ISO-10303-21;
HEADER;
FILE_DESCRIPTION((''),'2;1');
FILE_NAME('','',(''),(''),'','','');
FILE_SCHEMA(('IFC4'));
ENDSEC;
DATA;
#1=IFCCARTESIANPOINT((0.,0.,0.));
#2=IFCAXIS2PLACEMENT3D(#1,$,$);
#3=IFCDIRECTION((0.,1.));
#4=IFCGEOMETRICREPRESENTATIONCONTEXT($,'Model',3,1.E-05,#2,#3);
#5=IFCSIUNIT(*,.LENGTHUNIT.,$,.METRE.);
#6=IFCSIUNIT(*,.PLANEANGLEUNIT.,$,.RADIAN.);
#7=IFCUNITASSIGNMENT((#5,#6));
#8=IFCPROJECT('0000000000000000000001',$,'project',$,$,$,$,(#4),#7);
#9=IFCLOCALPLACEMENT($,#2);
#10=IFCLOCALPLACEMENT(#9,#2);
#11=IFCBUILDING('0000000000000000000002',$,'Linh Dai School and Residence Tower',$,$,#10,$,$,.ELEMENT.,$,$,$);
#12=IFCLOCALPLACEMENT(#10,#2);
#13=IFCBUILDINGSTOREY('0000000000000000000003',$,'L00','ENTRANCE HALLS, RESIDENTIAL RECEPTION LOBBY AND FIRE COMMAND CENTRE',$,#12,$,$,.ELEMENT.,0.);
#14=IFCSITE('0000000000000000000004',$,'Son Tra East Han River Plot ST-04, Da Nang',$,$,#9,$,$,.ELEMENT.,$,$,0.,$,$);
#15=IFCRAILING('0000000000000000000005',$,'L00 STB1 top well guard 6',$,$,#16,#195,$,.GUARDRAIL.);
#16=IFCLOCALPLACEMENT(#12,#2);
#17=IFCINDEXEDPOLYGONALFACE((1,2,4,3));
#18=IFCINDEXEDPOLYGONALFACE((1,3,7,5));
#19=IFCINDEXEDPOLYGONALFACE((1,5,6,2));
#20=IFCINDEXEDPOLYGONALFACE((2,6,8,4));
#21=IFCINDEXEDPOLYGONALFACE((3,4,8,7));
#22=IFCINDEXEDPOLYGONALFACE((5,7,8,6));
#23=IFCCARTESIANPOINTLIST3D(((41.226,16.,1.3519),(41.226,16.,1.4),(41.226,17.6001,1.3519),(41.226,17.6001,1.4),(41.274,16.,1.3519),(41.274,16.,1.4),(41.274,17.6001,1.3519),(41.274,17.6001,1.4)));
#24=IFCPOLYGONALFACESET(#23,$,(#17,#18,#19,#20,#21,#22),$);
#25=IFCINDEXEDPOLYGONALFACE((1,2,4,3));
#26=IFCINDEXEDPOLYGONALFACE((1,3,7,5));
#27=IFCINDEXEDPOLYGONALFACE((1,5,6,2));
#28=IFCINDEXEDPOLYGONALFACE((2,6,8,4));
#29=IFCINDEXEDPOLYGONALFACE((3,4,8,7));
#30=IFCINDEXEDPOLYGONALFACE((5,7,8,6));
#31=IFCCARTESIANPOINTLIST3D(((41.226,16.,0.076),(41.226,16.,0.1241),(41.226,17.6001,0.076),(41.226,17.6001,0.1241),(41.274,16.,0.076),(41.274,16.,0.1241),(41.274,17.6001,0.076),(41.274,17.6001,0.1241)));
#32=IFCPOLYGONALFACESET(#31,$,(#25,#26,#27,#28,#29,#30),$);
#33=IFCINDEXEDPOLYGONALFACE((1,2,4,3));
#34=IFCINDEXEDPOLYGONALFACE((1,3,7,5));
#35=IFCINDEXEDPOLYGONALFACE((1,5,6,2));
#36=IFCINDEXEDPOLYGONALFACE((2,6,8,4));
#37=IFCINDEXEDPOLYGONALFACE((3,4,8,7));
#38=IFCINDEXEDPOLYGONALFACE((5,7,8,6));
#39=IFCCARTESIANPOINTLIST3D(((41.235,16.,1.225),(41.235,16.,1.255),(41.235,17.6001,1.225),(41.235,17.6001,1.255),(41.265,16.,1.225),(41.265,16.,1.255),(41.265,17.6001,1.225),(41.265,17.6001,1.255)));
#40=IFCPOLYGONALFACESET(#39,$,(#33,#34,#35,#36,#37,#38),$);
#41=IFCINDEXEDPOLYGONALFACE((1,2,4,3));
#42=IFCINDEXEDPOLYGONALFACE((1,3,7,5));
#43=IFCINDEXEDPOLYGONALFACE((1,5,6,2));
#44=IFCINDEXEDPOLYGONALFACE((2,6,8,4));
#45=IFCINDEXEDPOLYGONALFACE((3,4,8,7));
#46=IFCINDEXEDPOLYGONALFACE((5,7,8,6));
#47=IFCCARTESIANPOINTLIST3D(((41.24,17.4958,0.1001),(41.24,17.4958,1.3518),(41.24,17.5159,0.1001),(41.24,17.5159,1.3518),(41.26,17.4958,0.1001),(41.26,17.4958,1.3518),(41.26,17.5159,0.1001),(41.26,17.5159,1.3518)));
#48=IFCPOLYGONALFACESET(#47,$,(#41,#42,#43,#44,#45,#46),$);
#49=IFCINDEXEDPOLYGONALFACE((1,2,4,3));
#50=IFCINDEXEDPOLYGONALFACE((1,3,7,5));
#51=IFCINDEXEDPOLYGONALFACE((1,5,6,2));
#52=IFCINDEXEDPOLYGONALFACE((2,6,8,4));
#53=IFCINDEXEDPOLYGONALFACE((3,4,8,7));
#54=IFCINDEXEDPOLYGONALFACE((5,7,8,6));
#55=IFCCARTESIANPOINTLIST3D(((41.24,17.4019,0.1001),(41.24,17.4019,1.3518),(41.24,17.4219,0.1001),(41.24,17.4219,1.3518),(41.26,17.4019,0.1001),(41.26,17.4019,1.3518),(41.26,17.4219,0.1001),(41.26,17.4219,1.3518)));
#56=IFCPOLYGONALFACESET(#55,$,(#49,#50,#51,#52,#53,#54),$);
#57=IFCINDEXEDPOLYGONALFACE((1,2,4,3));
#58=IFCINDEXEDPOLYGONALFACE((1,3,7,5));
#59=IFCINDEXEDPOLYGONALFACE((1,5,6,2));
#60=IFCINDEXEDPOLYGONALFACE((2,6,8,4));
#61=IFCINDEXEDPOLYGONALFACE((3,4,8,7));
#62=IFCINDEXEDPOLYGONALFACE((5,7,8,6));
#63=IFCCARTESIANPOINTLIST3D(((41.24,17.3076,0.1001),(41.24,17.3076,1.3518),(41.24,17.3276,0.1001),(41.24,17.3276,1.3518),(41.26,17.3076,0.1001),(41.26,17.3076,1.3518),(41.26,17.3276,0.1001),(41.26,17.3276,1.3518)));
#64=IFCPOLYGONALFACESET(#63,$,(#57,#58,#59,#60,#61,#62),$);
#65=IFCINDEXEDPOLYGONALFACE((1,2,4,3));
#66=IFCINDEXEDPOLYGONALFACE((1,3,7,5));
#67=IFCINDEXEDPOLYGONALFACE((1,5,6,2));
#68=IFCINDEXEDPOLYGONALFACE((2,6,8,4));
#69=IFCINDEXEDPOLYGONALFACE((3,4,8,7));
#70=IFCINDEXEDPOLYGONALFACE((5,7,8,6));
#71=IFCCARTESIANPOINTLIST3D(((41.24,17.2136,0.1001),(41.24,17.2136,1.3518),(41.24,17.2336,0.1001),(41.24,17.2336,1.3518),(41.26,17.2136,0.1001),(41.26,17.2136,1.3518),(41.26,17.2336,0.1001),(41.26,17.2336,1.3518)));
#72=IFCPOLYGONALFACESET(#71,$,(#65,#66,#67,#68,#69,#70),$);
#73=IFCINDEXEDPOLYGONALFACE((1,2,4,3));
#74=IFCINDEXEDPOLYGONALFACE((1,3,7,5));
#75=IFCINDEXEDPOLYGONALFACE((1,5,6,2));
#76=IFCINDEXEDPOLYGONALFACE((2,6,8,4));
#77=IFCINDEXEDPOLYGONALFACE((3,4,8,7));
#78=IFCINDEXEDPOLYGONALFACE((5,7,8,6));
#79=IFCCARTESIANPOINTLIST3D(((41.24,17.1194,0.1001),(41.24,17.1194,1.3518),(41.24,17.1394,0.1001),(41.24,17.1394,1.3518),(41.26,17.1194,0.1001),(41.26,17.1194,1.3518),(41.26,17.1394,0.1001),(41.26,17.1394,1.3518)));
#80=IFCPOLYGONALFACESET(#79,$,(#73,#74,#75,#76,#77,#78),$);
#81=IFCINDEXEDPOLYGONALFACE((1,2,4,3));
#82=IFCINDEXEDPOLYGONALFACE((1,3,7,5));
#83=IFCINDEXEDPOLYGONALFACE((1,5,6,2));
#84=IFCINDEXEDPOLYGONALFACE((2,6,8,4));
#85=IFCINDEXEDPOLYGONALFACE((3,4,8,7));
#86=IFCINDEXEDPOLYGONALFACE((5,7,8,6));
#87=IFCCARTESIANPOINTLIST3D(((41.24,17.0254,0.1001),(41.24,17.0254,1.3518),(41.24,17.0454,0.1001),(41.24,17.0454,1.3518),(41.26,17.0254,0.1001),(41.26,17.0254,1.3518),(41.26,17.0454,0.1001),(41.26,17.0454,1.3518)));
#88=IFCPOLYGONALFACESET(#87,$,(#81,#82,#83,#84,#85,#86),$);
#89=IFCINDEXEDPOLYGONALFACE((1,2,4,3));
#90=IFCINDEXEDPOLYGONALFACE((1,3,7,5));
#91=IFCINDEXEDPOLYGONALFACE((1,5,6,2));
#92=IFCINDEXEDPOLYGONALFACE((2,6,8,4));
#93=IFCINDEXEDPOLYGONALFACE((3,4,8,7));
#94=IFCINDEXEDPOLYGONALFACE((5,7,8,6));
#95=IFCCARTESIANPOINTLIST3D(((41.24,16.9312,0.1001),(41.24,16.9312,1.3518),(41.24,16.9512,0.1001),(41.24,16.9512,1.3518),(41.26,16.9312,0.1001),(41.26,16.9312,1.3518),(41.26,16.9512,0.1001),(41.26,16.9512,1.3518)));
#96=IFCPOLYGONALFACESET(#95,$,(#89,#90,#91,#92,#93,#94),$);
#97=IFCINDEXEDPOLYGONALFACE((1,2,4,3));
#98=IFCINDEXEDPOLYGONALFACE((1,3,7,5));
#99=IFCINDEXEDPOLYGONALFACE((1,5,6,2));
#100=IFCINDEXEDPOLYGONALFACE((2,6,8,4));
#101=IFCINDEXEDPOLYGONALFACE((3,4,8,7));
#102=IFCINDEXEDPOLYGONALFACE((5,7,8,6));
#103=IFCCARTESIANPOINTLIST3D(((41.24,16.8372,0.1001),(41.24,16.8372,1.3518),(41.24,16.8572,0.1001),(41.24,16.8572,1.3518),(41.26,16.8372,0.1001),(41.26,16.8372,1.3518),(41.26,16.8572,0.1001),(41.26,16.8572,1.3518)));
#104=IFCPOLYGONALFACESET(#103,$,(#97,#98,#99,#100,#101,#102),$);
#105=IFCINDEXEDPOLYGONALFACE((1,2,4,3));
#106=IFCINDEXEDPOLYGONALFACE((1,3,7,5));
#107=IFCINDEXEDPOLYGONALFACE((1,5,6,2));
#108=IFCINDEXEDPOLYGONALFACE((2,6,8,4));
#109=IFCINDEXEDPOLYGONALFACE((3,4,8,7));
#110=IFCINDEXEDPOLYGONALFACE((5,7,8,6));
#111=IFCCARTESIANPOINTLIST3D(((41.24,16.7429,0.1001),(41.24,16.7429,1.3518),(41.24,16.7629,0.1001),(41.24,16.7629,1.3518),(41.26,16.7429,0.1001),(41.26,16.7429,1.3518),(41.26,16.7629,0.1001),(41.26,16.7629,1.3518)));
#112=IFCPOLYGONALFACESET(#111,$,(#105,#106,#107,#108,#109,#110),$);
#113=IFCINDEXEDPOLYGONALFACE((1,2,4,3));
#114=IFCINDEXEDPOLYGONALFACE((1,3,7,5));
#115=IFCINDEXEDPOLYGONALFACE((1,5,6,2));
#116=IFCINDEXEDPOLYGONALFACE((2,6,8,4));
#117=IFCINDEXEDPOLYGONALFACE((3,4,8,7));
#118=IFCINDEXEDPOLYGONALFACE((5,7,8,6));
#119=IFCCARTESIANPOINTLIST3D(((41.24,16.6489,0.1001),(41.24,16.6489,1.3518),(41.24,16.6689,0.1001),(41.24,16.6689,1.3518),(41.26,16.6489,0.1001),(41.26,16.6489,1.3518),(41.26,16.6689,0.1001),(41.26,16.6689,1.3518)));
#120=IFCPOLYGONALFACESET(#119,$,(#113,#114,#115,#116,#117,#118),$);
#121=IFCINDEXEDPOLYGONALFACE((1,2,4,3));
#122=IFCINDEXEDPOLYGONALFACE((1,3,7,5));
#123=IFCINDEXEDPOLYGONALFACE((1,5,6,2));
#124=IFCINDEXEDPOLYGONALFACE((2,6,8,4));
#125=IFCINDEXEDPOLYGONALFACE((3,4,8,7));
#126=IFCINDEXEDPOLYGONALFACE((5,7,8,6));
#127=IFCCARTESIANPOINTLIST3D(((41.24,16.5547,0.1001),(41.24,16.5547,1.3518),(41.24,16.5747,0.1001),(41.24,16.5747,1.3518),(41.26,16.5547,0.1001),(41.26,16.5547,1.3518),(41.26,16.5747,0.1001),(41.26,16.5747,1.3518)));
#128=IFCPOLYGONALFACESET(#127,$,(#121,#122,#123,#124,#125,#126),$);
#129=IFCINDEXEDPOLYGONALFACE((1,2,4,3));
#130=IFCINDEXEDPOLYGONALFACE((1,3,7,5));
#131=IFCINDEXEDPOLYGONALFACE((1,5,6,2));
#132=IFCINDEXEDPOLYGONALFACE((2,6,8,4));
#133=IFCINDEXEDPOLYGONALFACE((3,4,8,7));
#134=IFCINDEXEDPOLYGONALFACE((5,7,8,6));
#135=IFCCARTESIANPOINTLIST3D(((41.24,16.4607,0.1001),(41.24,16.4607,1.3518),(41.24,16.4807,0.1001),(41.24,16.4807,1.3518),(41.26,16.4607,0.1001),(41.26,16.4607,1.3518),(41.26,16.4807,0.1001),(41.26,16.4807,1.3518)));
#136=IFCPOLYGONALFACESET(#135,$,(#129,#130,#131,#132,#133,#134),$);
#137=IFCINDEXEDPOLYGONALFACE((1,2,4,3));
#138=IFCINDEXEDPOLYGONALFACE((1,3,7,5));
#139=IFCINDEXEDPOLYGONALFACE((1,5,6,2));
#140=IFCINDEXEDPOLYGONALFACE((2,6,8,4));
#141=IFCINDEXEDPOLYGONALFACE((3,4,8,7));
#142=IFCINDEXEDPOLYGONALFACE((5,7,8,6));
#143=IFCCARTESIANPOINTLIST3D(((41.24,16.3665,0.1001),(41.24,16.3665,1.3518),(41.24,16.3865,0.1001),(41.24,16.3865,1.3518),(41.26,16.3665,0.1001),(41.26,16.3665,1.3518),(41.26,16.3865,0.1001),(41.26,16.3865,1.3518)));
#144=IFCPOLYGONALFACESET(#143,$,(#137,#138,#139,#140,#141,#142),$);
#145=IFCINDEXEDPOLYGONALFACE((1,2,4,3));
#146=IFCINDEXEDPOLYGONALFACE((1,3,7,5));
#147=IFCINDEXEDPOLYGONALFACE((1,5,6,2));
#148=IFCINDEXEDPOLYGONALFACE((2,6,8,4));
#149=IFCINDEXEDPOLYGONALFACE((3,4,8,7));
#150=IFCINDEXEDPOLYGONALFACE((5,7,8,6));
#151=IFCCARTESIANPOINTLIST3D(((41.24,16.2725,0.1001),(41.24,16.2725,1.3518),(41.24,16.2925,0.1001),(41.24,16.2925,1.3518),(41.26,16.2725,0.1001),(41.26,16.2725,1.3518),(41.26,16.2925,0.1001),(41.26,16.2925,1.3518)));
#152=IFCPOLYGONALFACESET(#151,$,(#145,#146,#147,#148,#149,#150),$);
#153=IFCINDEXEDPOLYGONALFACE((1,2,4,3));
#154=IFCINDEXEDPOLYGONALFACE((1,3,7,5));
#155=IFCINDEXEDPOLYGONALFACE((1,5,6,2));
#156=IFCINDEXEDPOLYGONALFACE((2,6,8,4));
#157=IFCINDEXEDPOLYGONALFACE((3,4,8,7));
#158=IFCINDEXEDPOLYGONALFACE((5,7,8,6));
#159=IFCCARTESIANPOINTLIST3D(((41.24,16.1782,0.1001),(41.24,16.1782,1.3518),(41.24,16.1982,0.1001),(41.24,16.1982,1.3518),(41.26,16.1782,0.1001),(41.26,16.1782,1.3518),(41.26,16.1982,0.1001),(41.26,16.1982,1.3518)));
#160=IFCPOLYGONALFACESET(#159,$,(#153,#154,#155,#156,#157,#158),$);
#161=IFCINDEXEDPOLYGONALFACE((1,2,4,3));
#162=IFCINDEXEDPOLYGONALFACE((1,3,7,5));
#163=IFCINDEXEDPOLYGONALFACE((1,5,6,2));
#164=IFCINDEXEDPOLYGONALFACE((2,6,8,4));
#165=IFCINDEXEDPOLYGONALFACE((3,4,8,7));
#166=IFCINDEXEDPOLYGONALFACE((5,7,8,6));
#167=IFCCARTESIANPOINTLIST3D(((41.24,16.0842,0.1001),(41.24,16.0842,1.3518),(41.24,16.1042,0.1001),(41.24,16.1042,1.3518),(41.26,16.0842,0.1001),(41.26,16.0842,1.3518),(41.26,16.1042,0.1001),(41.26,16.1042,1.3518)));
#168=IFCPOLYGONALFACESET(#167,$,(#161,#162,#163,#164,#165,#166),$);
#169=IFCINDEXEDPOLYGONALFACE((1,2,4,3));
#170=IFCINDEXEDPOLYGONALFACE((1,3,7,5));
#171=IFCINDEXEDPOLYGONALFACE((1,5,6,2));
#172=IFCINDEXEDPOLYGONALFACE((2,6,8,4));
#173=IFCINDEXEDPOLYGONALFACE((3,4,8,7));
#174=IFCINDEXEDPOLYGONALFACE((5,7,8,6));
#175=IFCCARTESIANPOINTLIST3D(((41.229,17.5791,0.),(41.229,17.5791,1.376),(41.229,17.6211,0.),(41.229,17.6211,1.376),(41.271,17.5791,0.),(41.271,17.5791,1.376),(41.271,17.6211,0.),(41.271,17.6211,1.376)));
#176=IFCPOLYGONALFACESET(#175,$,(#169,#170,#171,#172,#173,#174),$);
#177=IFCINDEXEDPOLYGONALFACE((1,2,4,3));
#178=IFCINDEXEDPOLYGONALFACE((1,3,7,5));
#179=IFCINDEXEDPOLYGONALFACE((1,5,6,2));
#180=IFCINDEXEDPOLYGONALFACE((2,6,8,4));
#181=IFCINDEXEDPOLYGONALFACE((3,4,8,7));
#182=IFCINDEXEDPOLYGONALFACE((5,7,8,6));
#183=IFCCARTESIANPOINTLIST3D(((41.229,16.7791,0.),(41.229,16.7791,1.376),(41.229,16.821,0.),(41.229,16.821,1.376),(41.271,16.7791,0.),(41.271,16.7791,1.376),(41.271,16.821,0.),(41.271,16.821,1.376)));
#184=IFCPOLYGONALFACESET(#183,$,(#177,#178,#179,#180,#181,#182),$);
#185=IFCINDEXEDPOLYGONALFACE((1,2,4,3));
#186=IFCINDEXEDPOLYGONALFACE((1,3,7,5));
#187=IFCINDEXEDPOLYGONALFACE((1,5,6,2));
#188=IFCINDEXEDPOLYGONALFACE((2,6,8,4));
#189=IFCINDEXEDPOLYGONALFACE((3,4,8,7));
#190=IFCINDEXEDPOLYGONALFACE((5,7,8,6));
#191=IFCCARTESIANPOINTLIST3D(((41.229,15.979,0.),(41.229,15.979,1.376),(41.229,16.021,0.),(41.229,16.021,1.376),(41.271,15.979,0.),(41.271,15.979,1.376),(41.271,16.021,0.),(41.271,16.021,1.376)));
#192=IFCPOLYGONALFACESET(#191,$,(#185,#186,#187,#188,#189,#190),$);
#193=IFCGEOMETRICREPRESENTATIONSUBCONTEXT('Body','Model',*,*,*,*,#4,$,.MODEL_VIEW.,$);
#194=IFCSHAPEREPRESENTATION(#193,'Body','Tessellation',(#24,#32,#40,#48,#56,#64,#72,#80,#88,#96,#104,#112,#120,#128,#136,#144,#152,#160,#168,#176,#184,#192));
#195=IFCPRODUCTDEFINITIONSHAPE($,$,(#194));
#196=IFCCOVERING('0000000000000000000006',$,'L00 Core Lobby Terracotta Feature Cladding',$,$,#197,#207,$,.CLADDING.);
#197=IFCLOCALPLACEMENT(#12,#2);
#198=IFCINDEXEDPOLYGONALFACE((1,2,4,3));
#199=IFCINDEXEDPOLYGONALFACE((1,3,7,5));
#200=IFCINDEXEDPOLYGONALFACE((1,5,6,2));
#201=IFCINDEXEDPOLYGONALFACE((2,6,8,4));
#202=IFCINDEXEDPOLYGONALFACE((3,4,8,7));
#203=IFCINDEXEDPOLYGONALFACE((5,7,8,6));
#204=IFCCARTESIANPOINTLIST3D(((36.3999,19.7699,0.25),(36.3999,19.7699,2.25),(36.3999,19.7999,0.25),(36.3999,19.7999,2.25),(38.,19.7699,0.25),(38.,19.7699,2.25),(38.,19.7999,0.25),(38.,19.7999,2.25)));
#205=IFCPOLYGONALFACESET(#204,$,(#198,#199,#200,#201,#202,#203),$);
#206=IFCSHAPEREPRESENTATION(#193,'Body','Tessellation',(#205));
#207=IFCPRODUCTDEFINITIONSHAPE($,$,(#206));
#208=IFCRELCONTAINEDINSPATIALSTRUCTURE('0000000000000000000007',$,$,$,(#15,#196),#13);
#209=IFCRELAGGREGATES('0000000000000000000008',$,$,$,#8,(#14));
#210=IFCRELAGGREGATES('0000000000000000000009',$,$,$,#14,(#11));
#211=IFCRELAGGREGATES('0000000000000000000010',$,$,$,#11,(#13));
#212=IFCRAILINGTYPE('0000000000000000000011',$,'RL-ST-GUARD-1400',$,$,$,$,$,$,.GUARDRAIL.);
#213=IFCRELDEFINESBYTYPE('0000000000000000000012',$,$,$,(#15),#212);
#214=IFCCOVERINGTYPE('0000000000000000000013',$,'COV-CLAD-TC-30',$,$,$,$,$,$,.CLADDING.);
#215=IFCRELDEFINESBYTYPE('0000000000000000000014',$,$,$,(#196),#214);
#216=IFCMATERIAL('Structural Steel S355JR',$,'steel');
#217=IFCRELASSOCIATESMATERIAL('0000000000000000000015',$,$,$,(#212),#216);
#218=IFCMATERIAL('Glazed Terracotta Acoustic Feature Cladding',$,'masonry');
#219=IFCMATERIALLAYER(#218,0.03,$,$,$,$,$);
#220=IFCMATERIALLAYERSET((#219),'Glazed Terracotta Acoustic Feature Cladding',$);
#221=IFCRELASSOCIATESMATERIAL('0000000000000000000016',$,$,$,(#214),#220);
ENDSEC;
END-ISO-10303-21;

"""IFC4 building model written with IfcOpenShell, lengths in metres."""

from ifc_helpers import new_model, si_unit, direction, frame, origin, origin_2d, place, context, subcontext, project, spatial, rectangle, extrude, source, transform, mapped, material, layer, layer_set, type_object, element, save


model = new_model("IFC4")

# Units and contexts
model_context = context("Model", 3, precision=1e-05, world=origin(), true_north=direction((0.0, 1.0)))
body_context = subcontext(model_context, "Body", "Model", "MODEL_VIEW")
ifc_project = project(units=[si_unit("LENGTHUNIT", "METRE"), si_unit("PLANEANGLEUNIT", "RADIAN")], contexts=[model_context])

# Site, building, storey
site_placement = place(None, origin())
site = spatial("IfcSite", under=ifc_project, at=site_placement, Name="Son Tra East Han River Plot ST-04, Da Nang", CompositionType="ELEMENT", RefElevation=0.0)
building_placement = place(site_placement, origin())
building = spatial("IfcBuilding", under=site, at=building_placement, Name="Linh Dai School and Residence Tower", CompositionType="ELEMENT")
storey_placement = place(building_placement, origin())
storey = spatial("IfcBuildingStorey", under=building, at=storey_placement, Name="L00", Description="ENTRANCE HALLS, RESIDENTIAL RECEPTION LOBBY AND FIRE COMMAND CENTRE", CompositionType="ELEMENT", Elevation=0.0)

# Shared definitions
ifc_material_1 = material(Name="Structural Steel S355JR", Category="steel")

# Railing
railing_type = type_object("IfcRailingType", Name="RL-ST-GUARD-1400", PredefinedType="GUARDRAIL", material=ifc_material_1)
shared_shape_1 = source(origin(), body_context, "Body", "SweptSolid", [
    extrude(rectangle(XDim=0.0481, YDim=0.0481, at=origin_2d()), frame((0.0, 0.0, 1.376), z_axis=(0.0, -1.0, 0.0), x_axis=(1.0, 0.0, 0.0)), (0.0, 0.0, 1.0), 1.6001),
    extrude(rectangle(XDim=0.0481, YDim=0.0481, at=origin_2d()), frame((0.0, 0.0, 0.1001), z_axis=(0.0, -1.0, 0.0), x_axis=(1.0, 0.0, 0.0)), (0.0, 0.0, 1.0), 1.6001),
    extrude(rectangle(XDim=0.03, YDim=0.03, at=origin_2d()), frame((0.0, 0.0, 1.24), z_axis=(0.0, -1.0, 0.0), x_axis=(1.0, 0.0, 0.0)), (0.0, 0.0, 1.0), 1.6001),
    extrude(rectangle(XDim=0.02, YDim=0.02, at=origin_2d()), frame((0.0, -0.0942, 0.1001)), (0.0, 0.0, 1.0), 1.2517),
    extrude(rectangle(XDim=0.02, YDim=0.02, at=origin_2d()), frame((0.0, -0.1882, 0.1001)), (0.0, 0.0, 1.0), 1.2517),
    extrude(rectangle(XDim=0.02, YDim=0.02, at=origin_2d()), frame((0.0, -0.2825, 0.1001)), (0.0, 0.0, 1.0), 1.2517),
    extrude(rectangle(XDim=0.02, YDim=0.02, at=origin_2d()), frame((0.0, -0.3765, 0.1001)), (0.0, 0.0, 1.0), 1.2517),
    extrude(rectangle(XDim=0.02, YDim=0.02, at=origin_2d()), frame((0.0, -0.4707, 0.1001)), (0.0, 0.0, 1.0), 1.2517),
    extrude(rectangle(XDim=0.02, YDim=0.02, at=origin_2d()), frame((0.0, -0.5647, 0.1001)), (0.0, 0.0, 1.0), 1.2517),
    extrude(rectangle(XDim=0.02, YDim=0.02, at=origin_2d()), frame((0.0, -0.6589, 0.1001)), (0.0, 0.0, 1.0), 1.2517),
    extrude(rectangle(XDim=0.02, YDim=0.02, at=origin_2d()), frame((0.0, -0.7529, 0.1001)), (0.0, 0.0, 1.0), 1.2517),
    extrude(rectangle(XDim=0.02, YDim=0.02, at=origin_2d()), frame((0.0, -0.8472, 0.1001)), (0.0, 0.0, 1.0), 1.2517),
    extrude(rectangle(XDim=0.02, YDim=0.02, at=origin_2d()), frame((0.0, -0.9412, 0.1001)), (0.0, 0.0, 1.0), 1.2517),
    extrude(rectangle(XDim=0.02, YDim=0.02, at=origin_2d()), frame((0.0, -1.0354, 0.1001)), (0.0, 0.0, 1.0), 1.2517),
    extrude(rectangle(XDim=0.02, YDim=0.02, at=origin_2d()), frame((0.0, -1.1294, 0.1001)), (0.0, 0.0, 1.0), 1.2517),
    extrude(rectangle(XDim=0.02, YDim=0.02, at=origin_2d()), frame((0.0, -1.2236, 0.1001)), (0.0, 0.0, 1.0), 1.2517),
    extrude(rectangle(XDim=0.02, YDim=0.02, at=origin_2d()), frame((0.0, -1.3176, 0.1001)), (0.0, 0.0, 1.0), 1.2517),
    extrude(rectangle(XDim=0.02, YDim=0.02, at=origin_2d()), frame((0.0, -1.4119, 0.1001)), (0.0, 0.0, 1.0), 1.2517),
    extrude(rectangle(XDim=0.02, YDim=0.02, at=origin_2d()), frame((0.0, -1.5059, 0.1001)), (0.0, 0.0, 1.0), 1.2517),
    extrude(rectangle(XDim=0.042, YDim=0.042, at=origin_2d()), origin(), (0.0, 0.0, 1.0), 1.376),
    extrude(rectangle(XDim=0.042, YDim=0.042, at=origin_2d()), frame((0.0, -0.8, 0.0)), (0.0, 0.0, 1.0), 1.376),
    extrude(rectangle(XDim=0.042, YDim=0.042, at=origin_2d()), frame((0.0, -1.6001, 0.0)), (0.0, 0.0, 1.0), 1.376),
])
for number, where, name in (
    (1, (41.25, 17.6001, 0.0), "L00 STB1 top well guard 6"),
):
    element("IfcRailing", number, at=place(storey_placement, frame(where)), inside=storey, type_object=railing_type, Name=name, PredefinedType="GUARDRAIL", context=body_context, shape_type="MappedRepresentation", body=[
        mapped(shared_shape_1, transform((0.0, 0.0, 0.0), x_axis=(1.0, 0.0, 0.0), y_axis=(0.0, 1.0, 0.0), z_axis=(0.0, 0.0, 1.0), scale=1.0)),
    ])

# Covering
ifc_material_2 = material(Name="Glazed Terracotta Acoustic Feature Cladding", Category="masonry")
ifc_layer_1 = layer(ifc_material_2, 0.03)
ifc_layer_set_1 = layer_set([ifc_layer_1], Name="Glazed Terracotta Acoustic Feature Cladding")
covering_type = type_object("IfcCoveringType", Name="COV-CLAD-TC-30", PredefinedType="CLADDING", material=ifc_layer_set_1)
shared_shape_2 = source(origin(), body_context, "Body", "SweptSolid", [
    extrude(rectangle(XDim=1.6001, YDim=0.03, at=origin_2d()), origin(), (0.0, 0.0, 1.0), 2.0),
])
covering_placement = place(storey_placement, frame((37.2, 19.7849, 0.25), z_axis=(0.0, 0.0, 1.0), x_axis=(1.0, 0.0, 0.0)))
element("IfcCovering", 2, at=covering_placement, inside=storey, type_object=covering_type, Name="L00 Core Lobby Terracotta Feature Cladding", PredefinedType="CLADDING", context=body_context, shape_type="MappedRepresentation", body=[
    mapped(shared_shape_2, transform((0.0, 0.0, 0.0), x_axis=(1.0, 0.0, 0.0), y_axis=(0.0, 1.0, 0.0), z_axis=(0.0, 0.0, 1.0), scale=1.0)),
])

save(model, "model.ifc")
